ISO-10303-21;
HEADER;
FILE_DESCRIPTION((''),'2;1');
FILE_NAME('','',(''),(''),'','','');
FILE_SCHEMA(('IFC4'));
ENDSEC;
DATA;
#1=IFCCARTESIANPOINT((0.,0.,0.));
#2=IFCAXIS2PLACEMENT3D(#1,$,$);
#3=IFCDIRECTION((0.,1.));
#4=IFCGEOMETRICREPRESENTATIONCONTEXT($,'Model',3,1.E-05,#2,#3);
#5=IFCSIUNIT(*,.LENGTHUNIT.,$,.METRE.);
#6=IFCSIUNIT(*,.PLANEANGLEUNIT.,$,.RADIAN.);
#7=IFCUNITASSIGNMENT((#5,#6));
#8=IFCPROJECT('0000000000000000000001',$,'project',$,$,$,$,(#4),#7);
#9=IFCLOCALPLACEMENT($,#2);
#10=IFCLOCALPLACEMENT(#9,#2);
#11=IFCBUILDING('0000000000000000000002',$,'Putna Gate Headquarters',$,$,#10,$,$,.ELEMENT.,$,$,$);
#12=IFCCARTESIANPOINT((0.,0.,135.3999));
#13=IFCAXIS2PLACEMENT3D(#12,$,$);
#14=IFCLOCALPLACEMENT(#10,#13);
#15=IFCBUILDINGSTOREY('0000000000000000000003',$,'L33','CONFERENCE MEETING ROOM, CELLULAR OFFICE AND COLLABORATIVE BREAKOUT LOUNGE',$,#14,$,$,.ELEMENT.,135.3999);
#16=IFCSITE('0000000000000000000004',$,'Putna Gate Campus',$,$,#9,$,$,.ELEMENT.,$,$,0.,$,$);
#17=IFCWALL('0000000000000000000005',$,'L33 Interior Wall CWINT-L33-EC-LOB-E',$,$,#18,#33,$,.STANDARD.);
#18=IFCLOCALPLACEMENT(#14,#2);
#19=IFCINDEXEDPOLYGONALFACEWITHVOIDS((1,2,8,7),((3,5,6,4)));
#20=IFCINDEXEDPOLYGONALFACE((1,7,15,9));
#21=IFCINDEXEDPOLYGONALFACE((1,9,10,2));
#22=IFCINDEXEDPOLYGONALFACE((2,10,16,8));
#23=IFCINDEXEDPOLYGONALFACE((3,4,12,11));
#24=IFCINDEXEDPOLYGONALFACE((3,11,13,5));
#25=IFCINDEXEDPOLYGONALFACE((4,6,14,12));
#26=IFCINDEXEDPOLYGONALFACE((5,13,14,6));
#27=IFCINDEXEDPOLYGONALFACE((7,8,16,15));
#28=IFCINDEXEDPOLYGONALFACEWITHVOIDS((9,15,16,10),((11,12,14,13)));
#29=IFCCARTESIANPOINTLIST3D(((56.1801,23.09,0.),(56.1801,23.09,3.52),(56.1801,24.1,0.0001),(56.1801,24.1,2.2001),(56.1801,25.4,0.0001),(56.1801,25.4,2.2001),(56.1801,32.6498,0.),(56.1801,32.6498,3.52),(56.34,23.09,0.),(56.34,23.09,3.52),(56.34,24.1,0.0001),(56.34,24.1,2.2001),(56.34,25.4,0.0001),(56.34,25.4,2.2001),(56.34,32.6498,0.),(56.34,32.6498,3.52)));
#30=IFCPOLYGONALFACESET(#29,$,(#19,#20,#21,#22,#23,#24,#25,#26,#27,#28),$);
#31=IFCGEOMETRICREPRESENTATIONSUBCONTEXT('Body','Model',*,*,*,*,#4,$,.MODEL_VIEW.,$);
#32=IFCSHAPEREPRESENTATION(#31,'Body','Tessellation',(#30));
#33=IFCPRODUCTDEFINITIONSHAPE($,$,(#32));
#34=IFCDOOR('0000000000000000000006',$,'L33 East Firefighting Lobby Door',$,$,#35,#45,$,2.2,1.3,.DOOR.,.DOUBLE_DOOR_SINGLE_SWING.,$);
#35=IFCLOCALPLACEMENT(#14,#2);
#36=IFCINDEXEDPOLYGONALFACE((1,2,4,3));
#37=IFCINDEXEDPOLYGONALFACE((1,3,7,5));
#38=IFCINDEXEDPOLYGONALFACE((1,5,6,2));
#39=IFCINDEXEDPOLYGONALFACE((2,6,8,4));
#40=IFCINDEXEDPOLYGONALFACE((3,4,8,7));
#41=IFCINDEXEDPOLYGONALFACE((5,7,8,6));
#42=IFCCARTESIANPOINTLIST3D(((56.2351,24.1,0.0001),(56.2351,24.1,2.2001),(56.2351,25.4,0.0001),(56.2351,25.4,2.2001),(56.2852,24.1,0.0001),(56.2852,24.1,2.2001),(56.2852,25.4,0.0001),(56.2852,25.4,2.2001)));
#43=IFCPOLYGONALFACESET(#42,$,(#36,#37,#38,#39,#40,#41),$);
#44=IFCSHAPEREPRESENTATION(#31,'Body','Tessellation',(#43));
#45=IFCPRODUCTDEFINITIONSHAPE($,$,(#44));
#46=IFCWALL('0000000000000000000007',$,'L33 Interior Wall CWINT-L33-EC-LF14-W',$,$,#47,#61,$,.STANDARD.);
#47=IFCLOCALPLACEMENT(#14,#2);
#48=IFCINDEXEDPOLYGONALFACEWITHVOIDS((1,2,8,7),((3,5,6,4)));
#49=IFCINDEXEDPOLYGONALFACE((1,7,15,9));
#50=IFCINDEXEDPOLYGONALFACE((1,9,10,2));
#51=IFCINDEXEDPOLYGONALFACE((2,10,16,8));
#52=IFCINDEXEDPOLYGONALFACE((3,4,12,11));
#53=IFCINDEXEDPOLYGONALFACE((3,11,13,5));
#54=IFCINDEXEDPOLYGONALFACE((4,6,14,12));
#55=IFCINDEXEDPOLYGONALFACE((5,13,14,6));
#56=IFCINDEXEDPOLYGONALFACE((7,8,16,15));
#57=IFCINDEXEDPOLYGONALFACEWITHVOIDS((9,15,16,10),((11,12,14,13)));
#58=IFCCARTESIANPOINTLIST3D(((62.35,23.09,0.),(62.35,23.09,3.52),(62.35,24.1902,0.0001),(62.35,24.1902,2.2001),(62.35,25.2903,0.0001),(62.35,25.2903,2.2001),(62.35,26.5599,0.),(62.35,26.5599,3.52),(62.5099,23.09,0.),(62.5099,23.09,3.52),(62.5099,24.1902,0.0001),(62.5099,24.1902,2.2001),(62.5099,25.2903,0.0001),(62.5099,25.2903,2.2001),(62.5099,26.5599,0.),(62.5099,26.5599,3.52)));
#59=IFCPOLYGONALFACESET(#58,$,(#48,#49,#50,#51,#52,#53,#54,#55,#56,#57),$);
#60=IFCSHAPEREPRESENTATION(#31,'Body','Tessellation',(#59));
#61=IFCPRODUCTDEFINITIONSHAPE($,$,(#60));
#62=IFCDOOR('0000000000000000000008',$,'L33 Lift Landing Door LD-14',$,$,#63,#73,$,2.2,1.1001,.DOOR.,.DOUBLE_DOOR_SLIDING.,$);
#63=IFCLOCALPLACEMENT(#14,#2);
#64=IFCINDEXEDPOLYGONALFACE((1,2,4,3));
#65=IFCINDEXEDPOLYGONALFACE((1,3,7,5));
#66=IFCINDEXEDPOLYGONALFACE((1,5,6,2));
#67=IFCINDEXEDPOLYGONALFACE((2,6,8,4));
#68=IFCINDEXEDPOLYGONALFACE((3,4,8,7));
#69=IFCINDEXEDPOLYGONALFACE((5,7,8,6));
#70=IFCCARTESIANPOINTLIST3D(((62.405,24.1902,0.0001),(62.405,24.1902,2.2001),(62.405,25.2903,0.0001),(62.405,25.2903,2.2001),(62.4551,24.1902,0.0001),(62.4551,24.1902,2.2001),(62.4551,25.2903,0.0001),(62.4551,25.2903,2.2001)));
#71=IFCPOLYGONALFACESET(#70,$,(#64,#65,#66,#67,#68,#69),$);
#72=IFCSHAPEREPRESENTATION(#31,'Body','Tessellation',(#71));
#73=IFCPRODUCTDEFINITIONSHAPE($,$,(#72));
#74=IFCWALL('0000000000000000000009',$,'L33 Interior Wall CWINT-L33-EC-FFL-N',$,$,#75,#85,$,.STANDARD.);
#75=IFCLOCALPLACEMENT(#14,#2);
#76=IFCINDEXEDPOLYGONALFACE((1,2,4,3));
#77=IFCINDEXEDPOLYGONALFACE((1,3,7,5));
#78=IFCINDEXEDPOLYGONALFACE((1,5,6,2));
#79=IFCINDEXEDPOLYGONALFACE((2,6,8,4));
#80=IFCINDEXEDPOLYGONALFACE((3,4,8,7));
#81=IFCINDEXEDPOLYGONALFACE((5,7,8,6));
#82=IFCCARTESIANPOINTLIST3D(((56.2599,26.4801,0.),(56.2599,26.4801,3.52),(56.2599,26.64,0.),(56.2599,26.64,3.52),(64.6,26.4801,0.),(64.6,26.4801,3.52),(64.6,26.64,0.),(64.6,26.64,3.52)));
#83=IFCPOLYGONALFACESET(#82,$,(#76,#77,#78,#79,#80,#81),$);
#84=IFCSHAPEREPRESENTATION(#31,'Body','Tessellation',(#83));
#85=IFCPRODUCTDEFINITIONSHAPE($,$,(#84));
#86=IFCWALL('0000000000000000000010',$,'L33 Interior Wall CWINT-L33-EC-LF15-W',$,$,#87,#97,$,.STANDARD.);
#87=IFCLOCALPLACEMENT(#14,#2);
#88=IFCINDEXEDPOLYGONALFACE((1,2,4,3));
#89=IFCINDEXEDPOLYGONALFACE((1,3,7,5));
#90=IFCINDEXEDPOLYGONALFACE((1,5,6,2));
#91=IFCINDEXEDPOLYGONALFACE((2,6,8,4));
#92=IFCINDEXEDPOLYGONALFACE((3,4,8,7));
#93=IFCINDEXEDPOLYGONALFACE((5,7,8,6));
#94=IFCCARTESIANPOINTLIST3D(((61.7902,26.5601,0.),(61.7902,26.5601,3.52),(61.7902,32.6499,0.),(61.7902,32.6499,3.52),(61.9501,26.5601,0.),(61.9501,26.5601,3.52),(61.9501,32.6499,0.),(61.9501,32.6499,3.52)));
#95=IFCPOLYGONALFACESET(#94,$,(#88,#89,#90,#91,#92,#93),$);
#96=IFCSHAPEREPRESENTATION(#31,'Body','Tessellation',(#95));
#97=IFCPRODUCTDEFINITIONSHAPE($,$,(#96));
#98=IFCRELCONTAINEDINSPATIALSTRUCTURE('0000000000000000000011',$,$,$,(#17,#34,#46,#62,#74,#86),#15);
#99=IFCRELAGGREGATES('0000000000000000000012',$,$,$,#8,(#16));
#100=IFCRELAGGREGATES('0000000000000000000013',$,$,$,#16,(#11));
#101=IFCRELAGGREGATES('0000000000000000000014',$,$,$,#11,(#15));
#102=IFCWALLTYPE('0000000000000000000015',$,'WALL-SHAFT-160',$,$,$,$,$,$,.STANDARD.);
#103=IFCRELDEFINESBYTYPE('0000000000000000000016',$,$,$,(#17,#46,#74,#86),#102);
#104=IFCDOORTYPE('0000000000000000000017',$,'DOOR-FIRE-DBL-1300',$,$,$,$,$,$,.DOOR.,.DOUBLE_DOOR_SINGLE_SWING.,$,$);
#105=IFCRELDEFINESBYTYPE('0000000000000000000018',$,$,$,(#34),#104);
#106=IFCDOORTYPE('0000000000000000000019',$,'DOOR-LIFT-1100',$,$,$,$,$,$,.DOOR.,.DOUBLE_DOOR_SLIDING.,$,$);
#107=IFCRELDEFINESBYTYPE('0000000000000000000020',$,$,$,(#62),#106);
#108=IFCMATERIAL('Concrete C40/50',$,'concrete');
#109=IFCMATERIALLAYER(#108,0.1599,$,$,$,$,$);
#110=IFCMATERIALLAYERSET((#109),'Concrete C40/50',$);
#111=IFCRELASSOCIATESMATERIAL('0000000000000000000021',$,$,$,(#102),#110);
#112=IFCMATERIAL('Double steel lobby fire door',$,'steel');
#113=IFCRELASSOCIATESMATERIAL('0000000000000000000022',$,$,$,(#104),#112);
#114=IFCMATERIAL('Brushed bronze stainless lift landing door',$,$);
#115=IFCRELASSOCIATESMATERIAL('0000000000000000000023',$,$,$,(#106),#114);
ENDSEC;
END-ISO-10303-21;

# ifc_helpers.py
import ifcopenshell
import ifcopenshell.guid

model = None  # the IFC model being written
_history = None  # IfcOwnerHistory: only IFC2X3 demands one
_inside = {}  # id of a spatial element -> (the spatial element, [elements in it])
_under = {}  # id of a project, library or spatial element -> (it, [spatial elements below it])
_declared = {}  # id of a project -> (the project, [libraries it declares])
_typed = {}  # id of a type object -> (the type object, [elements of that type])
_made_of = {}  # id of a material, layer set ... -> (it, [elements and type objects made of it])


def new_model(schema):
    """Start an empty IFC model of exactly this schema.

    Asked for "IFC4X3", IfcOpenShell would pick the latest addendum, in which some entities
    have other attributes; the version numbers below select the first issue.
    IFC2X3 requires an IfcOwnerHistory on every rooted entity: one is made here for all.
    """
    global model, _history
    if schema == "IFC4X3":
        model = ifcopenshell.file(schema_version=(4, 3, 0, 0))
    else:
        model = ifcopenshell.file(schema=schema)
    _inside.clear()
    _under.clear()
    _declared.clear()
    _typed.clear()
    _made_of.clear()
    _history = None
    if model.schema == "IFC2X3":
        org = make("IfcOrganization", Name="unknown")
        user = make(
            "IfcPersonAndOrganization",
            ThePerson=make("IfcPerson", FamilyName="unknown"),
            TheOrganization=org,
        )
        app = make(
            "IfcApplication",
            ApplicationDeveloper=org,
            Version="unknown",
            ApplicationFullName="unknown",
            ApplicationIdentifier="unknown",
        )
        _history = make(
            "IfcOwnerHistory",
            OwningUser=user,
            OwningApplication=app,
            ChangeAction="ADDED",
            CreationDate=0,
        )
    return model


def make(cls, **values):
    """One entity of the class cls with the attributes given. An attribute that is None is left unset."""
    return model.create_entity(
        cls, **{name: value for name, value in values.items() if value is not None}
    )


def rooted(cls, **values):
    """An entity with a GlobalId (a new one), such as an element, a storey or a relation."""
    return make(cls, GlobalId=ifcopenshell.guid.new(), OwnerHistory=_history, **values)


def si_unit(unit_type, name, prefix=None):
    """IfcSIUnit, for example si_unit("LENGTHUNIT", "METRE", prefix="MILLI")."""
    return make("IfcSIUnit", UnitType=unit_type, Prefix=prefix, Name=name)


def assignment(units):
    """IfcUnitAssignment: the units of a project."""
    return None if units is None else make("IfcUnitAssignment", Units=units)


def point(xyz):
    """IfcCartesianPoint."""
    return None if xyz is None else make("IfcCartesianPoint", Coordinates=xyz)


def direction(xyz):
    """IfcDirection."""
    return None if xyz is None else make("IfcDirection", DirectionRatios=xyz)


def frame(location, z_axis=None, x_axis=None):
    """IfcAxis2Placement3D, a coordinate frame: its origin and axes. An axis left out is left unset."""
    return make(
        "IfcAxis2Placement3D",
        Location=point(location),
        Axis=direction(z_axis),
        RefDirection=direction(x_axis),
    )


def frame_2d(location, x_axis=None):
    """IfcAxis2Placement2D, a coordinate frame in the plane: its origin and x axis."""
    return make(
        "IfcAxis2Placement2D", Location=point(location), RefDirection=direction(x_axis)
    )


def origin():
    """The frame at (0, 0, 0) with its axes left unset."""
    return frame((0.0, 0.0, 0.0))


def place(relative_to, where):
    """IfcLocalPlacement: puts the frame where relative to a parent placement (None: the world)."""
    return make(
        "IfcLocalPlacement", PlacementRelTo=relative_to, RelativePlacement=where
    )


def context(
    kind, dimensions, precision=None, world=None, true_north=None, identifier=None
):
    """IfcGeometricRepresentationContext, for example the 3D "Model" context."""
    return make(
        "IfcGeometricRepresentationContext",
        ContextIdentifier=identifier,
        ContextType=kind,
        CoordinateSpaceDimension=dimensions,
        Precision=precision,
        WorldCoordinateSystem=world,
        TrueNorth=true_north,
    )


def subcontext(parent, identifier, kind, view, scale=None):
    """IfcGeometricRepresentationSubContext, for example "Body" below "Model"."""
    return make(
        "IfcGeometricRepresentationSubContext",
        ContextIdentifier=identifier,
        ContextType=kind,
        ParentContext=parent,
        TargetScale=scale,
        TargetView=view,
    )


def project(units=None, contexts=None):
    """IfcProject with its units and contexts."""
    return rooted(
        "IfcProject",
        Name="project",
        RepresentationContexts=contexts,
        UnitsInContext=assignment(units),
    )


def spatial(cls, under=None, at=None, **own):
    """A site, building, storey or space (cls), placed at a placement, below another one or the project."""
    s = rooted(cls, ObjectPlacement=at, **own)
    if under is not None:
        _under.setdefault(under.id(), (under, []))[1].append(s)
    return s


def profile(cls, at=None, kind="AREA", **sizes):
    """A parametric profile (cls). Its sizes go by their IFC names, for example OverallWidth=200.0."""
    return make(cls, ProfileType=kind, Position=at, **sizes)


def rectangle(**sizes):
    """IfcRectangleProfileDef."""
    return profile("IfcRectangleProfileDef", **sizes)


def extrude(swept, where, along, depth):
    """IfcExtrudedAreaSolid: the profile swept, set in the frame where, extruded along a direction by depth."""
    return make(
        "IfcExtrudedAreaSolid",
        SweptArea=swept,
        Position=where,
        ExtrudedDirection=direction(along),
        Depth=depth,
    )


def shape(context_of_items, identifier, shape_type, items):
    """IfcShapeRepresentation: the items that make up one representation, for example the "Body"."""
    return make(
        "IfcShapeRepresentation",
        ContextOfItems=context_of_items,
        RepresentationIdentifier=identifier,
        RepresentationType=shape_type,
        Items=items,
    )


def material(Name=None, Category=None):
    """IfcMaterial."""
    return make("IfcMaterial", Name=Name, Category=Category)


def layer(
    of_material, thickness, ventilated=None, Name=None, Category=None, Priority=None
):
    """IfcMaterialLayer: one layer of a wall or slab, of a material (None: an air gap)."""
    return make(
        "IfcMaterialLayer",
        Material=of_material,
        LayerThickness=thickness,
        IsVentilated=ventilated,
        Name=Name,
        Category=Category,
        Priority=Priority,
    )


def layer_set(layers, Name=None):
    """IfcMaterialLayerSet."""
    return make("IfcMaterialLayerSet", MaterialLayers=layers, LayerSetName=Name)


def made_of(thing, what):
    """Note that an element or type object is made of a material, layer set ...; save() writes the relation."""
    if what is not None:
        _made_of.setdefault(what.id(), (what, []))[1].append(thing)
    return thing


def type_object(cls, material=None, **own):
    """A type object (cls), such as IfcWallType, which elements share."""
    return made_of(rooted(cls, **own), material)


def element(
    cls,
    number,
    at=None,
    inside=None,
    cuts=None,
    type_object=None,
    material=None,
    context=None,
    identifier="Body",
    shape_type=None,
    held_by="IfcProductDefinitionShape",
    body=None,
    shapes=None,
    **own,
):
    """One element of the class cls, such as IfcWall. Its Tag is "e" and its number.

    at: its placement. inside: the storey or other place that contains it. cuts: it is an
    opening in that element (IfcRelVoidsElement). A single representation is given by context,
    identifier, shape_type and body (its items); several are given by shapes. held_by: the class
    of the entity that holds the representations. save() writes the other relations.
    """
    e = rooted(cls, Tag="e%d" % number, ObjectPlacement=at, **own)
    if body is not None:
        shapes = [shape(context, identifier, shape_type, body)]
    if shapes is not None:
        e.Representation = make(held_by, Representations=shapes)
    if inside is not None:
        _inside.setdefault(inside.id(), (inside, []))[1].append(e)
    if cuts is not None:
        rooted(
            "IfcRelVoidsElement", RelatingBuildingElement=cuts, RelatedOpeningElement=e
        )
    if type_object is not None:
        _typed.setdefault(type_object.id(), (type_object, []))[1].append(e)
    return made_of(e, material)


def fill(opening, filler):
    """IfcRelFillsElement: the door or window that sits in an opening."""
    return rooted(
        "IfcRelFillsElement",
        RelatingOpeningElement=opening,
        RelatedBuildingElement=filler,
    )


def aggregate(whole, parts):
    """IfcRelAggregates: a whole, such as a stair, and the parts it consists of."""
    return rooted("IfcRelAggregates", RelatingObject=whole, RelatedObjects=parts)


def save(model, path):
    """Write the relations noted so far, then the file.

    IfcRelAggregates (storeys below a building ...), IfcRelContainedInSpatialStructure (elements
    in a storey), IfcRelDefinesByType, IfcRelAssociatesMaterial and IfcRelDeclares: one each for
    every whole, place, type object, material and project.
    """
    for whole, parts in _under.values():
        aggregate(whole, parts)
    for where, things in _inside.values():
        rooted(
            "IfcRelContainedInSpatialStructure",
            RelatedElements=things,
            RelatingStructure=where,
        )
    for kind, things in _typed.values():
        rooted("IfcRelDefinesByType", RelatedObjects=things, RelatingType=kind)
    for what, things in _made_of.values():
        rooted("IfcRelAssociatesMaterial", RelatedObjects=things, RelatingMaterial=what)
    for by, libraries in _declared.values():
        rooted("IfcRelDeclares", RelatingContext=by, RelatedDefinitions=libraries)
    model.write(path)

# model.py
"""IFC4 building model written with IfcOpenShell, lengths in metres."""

from ifc_helpers import new_model, si_unit, direction, frame, frame_2d, origin, place, context, subcontext, project, spatial, rectangle, extrude, material, layer, layer_set, type_object, element, fill, save


model = new_model("IFC4")

# Units and contexts
model_context = context("Model", 3, precision=1e-05, world=origin(), true_north=direction((0.0, 1.0)))
body_context = subcontext(model_context, "Body", "Model", "MODEL_VIEW")
ifc_project = project(units=[si_unit("LENGTHUNIT", "METRE"), si_unit("PLANEANGLEUNIT", "RADIAN")], contexts=[model_context])

# Site, building, storey
site_placement = place(None, origin())
site = spatial("IfcSite", under=ifc_project, at=site_placement, Name="Putna Gate Campus", CompositionType="ELEMENT", RefElevation=0.0)
building_placement = place(site_placement, origin())
building = spatial("IfcBuilding", under=site, at=building_placement, Name="Putna Gate Headquarters", CompositionType="ELEMENT")
storey_placement = place(building_placement, frame((0.0, 0.0, 135.3999)))
storey = spatial("IfcBuildingStorey", under=building, at=storey_placement, Name="L33", Description="CONFERENCE MEETING ROOM, CELLULAR OFFICE AND COLLABORATIVE BREAKOUT LOUNGE", CompositionType="ELEMENT", Elevation=135.3999)

# Walls, openings, doors
ifc_material_1 = material(Name="Concrete C40/50", Category="concrete")
ifc_layer_1 = layer(ifc_material_1, 0.1599)
ifc_layer_set_1 = layer_set([ifc_layer_1], Name="Concrete C40/50")
wall_type_1 = type_object("IfcWallType", Name="WALL-SHAFT-160", PredefinedType="STANDARD", material=ifc_layer_set_1)
wall_1_placement = place(storey_placement, frame((56.26, 23.0901, 0.0), z_axis=(0.0, 0.0, 1.0), x_axis=(0.0, 1.0, 0.0)))
wall_1 = element("IfcWall", 1, at=wall_1_placement, inside=storey, type_object=wall_type_1, Name="L33 Interior Wall CWINT-L33-EC-LOB-E", PredefinedType="STANDARD", context=body_context, shape_type="SweptSolid", body=[
    extrude(rectangle(XDim=9.5598, YDim=0.1599, at=frame_2d((4.7798, 0.0))), origin(), (0.0, 0.0, 1.0), 3.52),
])
opening_1_placement = place(wall_1_placement, frame((1.01, 0.0, 0.0)))
opening_1 = element("IfcOpeningElement", 2, at=opening_1_placement, cuts=wall_1, PredefinedType="OPENING", context=body_context, shape_type="SweptSolid", body=[
    extrude(rectangle(XDim=1.3, YDim=2.2, at=frame_2d((0.6499, 1.1001))), frame((0.0, 0.0898, 0.0), z_axis=(0.0, -1.0, 0.0), x_axis=(1.0, 0.0, 0.0)), (0.0, 0.0, 1.0), 0.1799),
])
ifc_material_2 = material(Name="Double steel lobby fire door", Category="steel")
door_type_1 = type_object("IfcDoorType", Name="DOOR-FIRE-DBL-1300", OperationType="DOUBLE_DOOR_SINGLE_SWING", PredefinedType="DOOR", material=ifc_material_2)
door_1_placement = place(opening_1_placement, origin())
door_1 = element("IfcDoor", 3, at=door_1_placement, inside=storey, type_object=door_type_1, Name="L33 East Firefighting Lobby Door", OperationType="DOUBLE_DOOR_SINGLE_SWING", OverallHeight=2.2, OverallWidth=1.3, PredefinedType="DOOR", context=body_context, shape_type="SweptSolid", body=[
    extrude(rectangle(XDim=1.3, YDim=2.2, at=frame_2d((0.6499, 1.1001))), frame((0.0, 0.0249, 0.0), z_axis=(0.0, -1.0, 0.0), x_axis=(1.0, 0.0, 0.0)), (0.0, 0.0, 1.0), 0.05),
])
fill(opening_1, door_1)
wall_2_placement = place(storey_placement, frame((62.4299, 23.0901, 0.0), z_axis=(0.0, 0.0, 1.0), x_axis=(0.0, 1.0, 0.0)))
wall_2 = element("IfcWall", 4, at=wall_2_placement, inside=storey, type_object=wall_type_1, Name="L33 Interior Wall CWINT-L33-EC-LF14-W", PredefinedType="STANDARD", context=body_context, shape_type="SweptSolid", body=[
    extrude(rectangle(XDim=3.47, YDim=0.1599, at=frame_2d((1.7349, 0.0))), origin(), (0.0, 0.0, 1.0), 3.52),
])
opening_2_placement = place(wall_2_placement, frame((1.1001, 0.0, 0.0)))
opening_2 = element("IfcOpeningElement", 5, at=opening_2_placement, cuts=wall_2, PredefinedType="OPENING", context=body_context, shape_type="SweptSolid", body=[
    extrude(rectangle(XDim=1.1001, YDim=2.2, at=frame_2d((0.55, 1.1001))), frame((0.0, 0.0898, 0.0), z_axis=(0.0, -1.0, 0.0), x_axis=(1.0, 0.0, 0.0)), (0.0, 0.0, 1.0), 0.1799),
])
ifc_material_3 = material(Name="Brushed bronze stainless lift landing door")
door_type_2 = type_object("IfcDoorType", Name="DOOR-LIFT-1100", OperationType="DOUBLE_DOOR_SLIDING", PredefinedType="DOOR", material=ifc_material_3)
door_2_placement = place(opening_2_placement, origin())
door_2 = element("IfcDoor", 6, at=door_2_placement, inside=storey, type_object=door_type_2, Name="L33 Lift Landing Door LD-14", OperationType="DOUBLE_DOOR_SLIDING", OverallHeight=2.2, OverallWidth=1.1001, PredefinedType="DOOR", context=body_context, shape_type="SweptSolid", body=[
    extrude(rectangle(XDim=1.1001, YDim=2.2, at=frame_2d((0.55, 1.1001))), frame((0.0, 0.0249, 0.0), z_axis=(0.0, -1.0, 0.0), x_axis=(1.0, 0.0, 0.0)), (0.0, 0.0, 1.0), 0.05),
])
fill(opening_2, door_2)

# Walls
wall_3_placement = place(storey_placement, frame((56.26, 26.5601, 0.0), z_axis=(0.0, 0.0, 1.0), x_axis=(1.0, 0.0, 0.0)))
element("IfcWall", 7, at=wall_3_placement, inside=storey, type_object=wall_type_1, Name="L33 Interior Wall CWINT-L33-EC-FFL-N", PredefinedType="STANDARD", context=body_context, shape_type="SweptSolid", body=[
    extrude(rectangle(XDim=8.3401, YDim=0.1599, at=frame_2d((4.1699, 0.0))), origin(), (0.0, 0.0, 1.0), 3.52),
])
wall_4_placement = place(storey_placement, frame((61.8701, 26.5601, 0.0), z_axis=(0.0, 0.0, 1.0), x_axis=(0.0, 1.0, 0.0)))
element("IfcWall", 8, at=wall_4_placement, inside=storey, type_object=wall_type_1, Name="L33 Interior Wall CWINT-L33-EC-LF15-W", PredefinedType="STANDARD", context=body_context, shape_type="SweptSolid", body=[
    extrude(rectangle(XDim=6.0898, YDim=0.1599, at=frame_2d((3.0449, 0.0))), origin(), (0.0, 0.0, 1.0), 3.52),
])

save(model, "model.ifc")
